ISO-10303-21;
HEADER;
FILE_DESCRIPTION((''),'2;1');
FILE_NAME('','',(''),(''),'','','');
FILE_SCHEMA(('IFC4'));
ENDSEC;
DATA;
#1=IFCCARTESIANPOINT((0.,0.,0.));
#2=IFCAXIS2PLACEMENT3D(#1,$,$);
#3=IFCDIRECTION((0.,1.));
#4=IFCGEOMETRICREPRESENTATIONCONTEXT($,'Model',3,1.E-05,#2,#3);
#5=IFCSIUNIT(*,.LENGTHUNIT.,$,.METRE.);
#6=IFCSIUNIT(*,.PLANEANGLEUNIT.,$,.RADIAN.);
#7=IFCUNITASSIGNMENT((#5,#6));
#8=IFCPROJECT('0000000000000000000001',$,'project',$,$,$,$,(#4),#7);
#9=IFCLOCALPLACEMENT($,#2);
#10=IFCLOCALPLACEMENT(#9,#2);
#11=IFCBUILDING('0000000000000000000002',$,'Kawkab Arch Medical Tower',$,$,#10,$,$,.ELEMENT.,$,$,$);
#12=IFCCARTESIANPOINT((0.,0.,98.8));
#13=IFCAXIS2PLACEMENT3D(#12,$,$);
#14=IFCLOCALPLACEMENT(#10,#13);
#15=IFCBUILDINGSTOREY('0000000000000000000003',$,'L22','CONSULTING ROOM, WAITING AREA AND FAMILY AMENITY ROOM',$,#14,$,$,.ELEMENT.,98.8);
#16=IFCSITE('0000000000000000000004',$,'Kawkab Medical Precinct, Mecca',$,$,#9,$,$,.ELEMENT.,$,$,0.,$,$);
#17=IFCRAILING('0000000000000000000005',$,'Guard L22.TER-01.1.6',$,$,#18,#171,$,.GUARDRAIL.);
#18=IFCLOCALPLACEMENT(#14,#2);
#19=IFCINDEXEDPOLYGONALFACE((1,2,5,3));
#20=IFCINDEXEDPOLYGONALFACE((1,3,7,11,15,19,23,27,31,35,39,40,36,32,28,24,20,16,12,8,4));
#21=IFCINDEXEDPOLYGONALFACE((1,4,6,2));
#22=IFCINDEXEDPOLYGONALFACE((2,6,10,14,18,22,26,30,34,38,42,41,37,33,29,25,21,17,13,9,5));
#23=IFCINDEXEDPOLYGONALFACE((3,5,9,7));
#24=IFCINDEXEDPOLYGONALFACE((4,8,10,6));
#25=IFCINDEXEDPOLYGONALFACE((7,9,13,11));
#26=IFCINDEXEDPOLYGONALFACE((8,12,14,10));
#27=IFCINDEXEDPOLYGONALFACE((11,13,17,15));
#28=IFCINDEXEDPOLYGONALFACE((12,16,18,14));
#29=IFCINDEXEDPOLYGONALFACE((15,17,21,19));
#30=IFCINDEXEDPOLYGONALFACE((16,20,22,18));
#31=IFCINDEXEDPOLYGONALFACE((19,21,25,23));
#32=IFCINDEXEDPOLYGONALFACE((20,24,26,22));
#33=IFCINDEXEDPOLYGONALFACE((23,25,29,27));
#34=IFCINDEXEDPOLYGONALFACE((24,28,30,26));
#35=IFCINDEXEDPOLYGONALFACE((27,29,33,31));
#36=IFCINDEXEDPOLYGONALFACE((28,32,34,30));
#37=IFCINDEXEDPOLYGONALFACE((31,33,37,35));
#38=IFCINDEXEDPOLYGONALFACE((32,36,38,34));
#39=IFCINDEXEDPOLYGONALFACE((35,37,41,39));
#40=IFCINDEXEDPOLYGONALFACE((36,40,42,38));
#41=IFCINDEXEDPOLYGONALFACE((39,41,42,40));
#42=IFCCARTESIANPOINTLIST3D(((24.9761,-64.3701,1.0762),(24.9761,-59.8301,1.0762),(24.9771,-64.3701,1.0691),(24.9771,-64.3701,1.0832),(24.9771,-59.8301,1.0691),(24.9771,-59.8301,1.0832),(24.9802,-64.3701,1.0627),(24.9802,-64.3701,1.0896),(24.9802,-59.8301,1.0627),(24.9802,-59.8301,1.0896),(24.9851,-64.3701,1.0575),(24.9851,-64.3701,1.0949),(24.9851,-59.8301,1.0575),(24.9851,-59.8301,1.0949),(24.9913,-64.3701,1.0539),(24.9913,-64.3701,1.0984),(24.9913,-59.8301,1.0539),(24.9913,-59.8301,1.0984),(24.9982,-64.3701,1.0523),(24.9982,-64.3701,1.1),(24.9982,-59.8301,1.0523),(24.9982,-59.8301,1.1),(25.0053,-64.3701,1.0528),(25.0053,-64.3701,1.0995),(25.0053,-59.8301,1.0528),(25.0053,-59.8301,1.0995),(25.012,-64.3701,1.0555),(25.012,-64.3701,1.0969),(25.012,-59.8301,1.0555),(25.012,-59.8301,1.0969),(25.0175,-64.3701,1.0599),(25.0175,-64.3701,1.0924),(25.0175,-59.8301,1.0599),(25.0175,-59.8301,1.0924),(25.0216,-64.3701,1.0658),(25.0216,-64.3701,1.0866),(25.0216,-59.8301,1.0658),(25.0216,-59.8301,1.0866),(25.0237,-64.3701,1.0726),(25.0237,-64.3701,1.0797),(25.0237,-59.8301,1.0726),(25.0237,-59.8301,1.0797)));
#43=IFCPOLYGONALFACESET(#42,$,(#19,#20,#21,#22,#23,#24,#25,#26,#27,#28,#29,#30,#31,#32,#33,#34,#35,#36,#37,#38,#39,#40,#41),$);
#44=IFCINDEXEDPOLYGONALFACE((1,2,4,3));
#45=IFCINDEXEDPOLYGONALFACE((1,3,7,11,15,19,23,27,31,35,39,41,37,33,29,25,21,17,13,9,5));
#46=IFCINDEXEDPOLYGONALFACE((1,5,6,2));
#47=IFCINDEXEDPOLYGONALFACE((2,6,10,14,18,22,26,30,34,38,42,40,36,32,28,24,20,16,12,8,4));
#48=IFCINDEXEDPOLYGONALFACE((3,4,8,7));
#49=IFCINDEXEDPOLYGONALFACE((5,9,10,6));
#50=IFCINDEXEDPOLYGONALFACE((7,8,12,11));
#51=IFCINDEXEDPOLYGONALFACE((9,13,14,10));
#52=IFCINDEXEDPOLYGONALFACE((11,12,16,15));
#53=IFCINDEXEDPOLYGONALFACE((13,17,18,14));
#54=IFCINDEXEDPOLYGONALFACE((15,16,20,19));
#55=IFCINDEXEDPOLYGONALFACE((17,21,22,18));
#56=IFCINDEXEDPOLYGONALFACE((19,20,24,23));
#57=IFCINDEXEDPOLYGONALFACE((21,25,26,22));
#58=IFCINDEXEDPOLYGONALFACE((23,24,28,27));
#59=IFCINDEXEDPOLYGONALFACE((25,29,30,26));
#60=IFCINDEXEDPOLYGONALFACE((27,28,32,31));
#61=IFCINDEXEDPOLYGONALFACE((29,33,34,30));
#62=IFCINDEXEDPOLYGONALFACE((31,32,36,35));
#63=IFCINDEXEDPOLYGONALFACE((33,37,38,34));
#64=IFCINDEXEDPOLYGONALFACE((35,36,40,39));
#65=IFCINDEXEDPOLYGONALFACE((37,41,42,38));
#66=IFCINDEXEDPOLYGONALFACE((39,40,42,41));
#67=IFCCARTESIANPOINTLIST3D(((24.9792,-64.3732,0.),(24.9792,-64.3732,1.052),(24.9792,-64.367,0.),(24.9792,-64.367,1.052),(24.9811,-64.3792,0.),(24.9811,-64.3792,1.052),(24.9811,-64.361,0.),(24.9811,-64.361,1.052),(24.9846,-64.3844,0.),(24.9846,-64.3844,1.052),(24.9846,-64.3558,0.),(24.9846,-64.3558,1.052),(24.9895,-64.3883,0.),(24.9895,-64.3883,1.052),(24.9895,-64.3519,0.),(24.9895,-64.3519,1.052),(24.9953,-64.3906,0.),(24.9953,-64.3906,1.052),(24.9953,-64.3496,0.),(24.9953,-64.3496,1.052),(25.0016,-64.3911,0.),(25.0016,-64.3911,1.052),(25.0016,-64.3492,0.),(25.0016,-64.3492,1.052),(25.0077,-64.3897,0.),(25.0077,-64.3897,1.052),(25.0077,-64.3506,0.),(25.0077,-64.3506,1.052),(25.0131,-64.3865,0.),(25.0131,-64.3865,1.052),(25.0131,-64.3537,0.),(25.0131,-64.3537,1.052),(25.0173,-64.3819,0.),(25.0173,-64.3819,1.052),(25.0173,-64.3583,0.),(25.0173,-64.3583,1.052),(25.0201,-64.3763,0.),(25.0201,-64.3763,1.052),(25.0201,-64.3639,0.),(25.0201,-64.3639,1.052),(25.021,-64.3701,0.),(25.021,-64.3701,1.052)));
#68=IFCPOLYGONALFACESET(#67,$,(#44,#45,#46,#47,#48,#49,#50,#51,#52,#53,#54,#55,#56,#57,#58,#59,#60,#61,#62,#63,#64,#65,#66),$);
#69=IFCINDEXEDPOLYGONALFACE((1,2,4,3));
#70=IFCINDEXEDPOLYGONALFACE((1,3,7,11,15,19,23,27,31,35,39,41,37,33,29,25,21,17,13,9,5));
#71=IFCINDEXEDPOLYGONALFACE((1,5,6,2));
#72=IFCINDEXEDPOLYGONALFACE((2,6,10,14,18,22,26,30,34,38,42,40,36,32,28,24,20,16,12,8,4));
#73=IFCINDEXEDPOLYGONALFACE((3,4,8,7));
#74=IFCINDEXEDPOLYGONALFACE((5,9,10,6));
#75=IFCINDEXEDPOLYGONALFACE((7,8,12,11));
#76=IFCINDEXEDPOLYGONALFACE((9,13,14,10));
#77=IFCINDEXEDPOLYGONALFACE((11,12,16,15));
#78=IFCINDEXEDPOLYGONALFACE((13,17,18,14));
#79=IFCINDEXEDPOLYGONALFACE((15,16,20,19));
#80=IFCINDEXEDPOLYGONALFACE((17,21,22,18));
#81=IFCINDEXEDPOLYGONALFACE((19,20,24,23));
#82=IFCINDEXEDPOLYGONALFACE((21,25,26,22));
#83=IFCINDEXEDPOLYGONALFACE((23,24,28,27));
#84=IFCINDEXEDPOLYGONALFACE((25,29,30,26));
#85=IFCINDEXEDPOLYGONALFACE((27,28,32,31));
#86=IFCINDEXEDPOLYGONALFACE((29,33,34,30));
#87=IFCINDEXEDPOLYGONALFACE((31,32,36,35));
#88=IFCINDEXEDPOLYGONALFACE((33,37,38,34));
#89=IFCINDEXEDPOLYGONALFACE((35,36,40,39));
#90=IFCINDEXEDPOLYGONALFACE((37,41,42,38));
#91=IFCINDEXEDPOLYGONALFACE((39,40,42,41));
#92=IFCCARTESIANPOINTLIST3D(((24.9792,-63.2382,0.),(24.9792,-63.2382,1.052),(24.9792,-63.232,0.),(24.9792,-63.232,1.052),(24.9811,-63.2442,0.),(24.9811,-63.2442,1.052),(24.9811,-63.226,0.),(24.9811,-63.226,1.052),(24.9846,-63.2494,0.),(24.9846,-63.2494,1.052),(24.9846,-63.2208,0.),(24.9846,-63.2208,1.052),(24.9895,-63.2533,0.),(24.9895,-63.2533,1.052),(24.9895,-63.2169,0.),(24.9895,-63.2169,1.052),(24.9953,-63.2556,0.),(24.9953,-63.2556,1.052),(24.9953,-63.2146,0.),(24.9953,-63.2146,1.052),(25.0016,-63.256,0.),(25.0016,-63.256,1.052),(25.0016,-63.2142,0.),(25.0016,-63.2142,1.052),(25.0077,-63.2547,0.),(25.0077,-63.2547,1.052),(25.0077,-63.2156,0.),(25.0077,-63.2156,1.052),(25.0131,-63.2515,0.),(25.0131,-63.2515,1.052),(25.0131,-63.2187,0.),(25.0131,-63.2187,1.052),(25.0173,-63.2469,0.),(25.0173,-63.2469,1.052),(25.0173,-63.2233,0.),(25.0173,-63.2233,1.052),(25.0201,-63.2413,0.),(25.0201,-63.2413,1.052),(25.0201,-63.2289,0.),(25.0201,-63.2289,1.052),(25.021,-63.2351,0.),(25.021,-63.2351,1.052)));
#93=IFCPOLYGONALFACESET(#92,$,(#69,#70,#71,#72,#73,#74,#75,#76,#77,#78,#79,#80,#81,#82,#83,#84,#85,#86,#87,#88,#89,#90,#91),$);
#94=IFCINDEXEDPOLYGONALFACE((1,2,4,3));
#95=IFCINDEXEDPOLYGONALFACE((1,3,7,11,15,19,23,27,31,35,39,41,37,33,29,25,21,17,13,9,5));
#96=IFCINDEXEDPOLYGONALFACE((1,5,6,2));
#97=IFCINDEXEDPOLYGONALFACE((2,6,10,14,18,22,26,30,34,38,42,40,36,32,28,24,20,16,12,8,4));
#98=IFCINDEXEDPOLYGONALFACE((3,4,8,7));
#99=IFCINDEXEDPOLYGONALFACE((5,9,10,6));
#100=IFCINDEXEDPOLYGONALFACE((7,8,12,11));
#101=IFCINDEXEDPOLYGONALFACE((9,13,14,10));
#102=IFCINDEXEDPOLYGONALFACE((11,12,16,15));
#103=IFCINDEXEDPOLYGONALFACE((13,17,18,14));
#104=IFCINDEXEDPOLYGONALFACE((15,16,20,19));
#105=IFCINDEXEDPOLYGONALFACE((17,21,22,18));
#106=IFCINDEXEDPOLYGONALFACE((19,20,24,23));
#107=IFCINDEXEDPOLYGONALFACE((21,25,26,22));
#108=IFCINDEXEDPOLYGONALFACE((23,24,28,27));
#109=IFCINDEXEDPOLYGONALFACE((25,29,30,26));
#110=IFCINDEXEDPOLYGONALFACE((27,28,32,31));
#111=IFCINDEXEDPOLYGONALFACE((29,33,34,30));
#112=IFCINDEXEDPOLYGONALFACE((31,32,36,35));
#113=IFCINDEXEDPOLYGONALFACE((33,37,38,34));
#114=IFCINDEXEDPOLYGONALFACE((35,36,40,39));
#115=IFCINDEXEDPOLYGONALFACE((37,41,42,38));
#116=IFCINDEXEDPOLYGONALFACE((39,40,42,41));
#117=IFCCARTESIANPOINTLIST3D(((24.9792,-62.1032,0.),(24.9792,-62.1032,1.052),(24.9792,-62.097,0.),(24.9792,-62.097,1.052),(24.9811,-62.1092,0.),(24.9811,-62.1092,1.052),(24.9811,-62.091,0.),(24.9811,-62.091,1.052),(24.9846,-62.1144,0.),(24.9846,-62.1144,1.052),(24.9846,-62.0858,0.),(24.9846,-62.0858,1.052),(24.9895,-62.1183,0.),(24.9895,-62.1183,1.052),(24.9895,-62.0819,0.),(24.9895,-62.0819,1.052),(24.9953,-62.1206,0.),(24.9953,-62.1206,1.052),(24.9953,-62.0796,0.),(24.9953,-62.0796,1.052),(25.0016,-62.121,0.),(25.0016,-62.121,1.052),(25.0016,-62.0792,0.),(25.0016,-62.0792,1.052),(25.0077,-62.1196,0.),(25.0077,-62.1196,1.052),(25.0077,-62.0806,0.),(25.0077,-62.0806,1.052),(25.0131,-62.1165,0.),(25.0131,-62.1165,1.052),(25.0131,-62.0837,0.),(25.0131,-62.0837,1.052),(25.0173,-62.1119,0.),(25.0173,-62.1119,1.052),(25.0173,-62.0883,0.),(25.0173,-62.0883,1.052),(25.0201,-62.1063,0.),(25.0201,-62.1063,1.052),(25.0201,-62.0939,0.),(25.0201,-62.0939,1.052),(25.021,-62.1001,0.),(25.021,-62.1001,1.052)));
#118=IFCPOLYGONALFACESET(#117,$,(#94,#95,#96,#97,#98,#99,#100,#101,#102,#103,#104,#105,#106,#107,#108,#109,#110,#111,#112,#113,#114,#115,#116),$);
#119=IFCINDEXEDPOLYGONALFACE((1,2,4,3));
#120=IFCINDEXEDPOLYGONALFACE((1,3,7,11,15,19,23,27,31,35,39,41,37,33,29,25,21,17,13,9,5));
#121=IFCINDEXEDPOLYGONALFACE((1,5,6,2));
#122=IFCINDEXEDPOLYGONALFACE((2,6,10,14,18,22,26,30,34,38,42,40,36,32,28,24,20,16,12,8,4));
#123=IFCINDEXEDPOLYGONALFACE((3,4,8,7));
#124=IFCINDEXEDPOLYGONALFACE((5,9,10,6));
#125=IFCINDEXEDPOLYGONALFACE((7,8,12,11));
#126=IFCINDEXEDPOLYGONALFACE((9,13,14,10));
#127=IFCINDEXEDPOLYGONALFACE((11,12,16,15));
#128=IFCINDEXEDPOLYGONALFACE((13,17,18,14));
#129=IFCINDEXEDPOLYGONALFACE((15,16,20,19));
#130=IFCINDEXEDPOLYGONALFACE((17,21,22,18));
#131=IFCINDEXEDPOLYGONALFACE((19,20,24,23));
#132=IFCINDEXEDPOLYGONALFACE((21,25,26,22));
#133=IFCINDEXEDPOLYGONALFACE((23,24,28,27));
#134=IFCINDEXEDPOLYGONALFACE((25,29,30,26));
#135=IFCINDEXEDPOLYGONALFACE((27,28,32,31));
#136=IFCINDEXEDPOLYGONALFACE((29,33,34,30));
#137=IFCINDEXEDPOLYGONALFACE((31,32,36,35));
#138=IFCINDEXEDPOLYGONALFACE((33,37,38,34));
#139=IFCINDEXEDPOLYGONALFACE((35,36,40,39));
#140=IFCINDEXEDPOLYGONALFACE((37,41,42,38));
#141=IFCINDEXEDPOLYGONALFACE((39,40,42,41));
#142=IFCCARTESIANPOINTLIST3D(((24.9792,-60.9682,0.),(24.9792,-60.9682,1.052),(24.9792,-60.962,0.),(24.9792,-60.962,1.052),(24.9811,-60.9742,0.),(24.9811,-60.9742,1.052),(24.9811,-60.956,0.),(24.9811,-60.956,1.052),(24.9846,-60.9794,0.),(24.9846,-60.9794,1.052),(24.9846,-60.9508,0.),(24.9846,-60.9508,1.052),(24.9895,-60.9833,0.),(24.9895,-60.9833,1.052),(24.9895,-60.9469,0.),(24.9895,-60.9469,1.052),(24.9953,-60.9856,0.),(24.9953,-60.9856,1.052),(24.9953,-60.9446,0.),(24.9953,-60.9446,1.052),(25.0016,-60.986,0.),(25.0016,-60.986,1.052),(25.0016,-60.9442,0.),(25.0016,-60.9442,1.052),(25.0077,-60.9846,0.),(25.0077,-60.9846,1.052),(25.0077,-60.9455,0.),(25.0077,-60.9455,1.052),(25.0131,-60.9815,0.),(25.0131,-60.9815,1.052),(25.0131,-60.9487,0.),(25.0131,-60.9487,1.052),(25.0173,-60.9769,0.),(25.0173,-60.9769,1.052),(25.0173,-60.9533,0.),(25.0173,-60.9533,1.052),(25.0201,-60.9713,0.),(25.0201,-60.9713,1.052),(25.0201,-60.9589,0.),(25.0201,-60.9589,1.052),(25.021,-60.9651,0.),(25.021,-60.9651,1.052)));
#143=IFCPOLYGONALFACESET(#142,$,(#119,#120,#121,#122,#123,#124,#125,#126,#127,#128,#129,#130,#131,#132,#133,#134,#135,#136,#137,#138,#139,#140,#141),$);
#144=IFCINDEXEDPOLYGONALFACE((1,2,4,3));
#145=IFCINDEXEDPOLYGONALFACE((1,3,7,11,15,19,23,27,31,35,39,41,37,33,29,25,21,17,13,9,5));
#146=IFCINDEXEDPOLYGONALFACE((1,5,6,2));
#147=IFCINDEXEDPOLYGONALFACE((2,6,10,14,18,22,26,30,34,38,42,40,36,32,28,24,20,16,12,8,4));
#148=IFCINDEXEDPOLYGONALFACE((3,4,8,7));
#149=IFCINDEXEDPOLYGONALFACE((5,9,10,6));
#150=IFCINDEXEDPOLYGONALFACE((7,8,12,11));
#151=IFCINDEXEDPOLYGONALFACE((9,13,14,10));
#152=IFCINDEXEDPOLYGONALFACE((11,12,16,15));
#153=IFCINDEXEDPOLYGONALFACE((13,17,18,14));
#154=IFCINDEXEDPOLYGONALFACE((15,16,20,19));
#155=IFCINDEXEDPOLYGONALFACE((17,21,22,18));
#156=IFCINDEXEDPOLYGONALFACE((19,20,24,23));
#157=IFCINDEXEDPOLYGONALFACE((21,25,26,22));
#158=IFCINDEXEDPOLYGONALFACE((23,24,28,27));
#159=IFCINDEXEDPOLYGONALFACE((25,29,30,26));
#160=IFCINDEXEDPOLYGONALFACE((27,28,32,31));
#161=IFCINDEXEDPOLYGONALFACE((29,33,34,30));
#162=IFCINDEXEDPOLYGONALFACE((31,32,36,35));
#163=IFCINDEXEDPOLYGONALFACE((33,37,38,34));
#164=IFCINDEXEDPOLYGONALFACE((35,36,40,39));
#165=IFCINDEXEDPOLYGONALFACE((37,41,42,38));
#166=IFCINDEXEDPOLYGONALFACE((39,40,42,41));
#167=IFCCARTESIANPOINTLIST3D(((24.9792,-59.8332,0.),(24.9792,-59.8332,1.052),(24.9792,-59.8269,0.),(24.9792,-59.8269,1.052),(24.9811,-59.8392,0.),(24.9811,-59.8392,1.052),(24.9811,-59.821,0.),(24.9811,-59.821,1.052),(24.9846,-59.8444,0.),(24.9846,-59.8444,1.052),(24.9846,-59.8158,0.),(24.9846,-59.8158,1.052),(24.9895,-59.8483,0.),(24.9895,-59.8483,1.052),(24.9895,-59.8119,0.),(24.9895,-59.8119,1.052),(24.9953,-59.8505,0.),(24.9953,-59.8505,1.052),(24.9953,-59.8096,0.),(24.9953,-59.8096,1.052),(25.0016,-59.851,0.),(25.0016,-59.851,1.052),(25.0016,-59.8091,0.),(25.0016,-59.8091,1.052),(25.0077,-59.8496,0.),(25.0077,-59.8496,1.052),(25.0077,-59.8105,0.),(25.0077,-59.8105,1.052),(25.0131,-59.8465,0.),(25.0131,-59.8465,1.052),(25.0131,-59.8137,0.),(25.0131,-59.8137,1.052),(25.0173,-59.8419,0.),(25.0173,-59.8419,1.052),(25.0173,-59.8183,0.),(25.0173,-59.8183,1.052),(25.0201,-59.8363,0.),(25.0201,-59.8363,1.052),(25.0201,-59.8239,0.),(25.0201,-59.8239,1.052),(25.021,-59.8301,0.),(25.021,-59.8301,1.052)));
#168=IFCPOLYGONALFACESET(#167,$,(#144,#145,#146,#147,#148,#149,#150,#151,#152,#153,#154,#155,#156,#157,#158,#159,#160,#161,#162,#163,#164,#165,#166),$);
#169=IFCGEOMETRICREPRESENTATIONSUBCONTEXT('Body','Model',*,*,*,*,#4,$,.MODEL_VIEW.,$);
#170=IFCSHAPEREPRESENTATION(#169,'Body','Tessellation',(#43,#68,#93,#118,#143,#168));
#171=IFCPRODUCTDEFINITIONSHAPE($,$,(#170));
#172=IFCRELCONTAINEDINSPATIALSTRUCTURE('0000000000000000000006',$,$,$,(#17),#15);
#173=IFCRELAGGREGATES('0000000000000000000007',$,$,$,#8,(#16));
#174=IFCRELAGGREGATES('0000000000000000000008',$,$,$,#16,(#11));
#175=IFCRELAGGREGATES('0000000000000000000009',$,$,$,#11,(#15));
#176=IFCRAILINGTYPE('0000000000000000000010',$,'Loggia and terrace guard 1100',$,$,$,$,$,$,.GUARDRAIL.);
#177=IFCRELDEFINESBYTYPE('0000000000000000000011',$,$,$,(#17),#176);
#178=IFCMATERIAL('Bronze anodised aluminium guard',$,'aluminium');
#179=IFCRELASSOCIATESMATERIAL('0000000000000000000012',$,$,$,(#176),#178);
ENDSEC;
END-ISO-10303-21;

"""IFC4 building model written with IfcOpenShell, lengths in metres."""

from ifc_helpers import new_model, si_unit, direction, frame, origin, origin_2d, place, context, subcontext, project, spatial, circle, extrude, material, type_object, element, save


model = new_model("IFC4")

# Units and contexts
model_context = context("Model", 3, precision=1e-05, world=origin(), true_north=direction((0.0, 1.0)))
body_context = subcontext(model_context, "Body", "Model", "MODEL_VIEW")
ifc_project = project(units=[si_unit("LENGTHUNIT", "METRE"), si_unit("PLANEANGLEUNIT", "RADIAN")], contexts=[model_context])

# Site, building, storey
site_placement = place(None, origin())
site = spatial("IfcSite", under=ifc_project, at=site_placement, Name="Kawkab Medical Precinct, Mecca", CompositionType="ELEMENT", RefElevation=0.0)
building_placement = place(site_placement, origin())
building = spatial("IfcBuilding", under=site, at=building_placement, Name="Kawkab Arch Medical Tower", CompositionType="ELEMENT")
storey_placement = place(building_placement, frame((0.0, 0.0, 98.8)))
storey = spatial("IfcBuildingStorey", under=building, at=storey_placement, Name="L22", Description="CONSULTING ROOM, WAITING AREA AND FAMILY AMENITY ROOM", CompositionType="ELEMENT", Elevation=98.8)

# Railing
ifc_material_1 = material(Name="Bronze anodised aluminium guard", Category="aluminium")
railing_type_1 = type_object("IfcRailingType", Name="Loggia and terrace guard 1100", PredefinedType="GUARDRAIL", material=ifc_material_1)
railing_1_placement = place(storey_placement, frame((25.0, -64.3701, 0.0)))
element("IfcRailing", 1, at=railing_1_placement, inside=storey, type_object=railing_type_1, Name="Guard L22.TER-01.1.6", PredefinedType="GUARDRAIL", context=body_context, shape_type="SweptSolid", body=[
    extrude(circle(Radius=0.0239, at=origin_2d()), frame((0.0, 0.0, 1.0762), z_axis=(0.0, 1.0, 0.0), x_axis=(-1.0, 0.0, 0.0)), (0.0, 0.0, 1.0), 4.54),
    extrude(circle(Radius=0.021, at=origin_2d()), origin(), (0.0, 0.0, 1.0), 1.052),
    extrude(circle(Radius=0.021, at=origin_2d()), frame((0.0, 1.135, 0.0)), (0.0, 0.0, 1.0), 1.052),
    extrude(circle(Radius=0.021, at=origin_2d()), frame((0.0, 2.27, 0.0)), (0.0, 0.0, 1.0), 1.052),
    extrude(circle(Radius=0.021, at=origin_2d()), frame((0.0, 3.405, 0.0)), (0.0, 0.0, 1.0), 1.052),
    extrude(circle(Radius=0.021, at=origin_2d()), frame((0.0, 4.54, 0.0)), (0.0, 0.0, 1.0), 1.052),
])

save(model, "model.ifc")
